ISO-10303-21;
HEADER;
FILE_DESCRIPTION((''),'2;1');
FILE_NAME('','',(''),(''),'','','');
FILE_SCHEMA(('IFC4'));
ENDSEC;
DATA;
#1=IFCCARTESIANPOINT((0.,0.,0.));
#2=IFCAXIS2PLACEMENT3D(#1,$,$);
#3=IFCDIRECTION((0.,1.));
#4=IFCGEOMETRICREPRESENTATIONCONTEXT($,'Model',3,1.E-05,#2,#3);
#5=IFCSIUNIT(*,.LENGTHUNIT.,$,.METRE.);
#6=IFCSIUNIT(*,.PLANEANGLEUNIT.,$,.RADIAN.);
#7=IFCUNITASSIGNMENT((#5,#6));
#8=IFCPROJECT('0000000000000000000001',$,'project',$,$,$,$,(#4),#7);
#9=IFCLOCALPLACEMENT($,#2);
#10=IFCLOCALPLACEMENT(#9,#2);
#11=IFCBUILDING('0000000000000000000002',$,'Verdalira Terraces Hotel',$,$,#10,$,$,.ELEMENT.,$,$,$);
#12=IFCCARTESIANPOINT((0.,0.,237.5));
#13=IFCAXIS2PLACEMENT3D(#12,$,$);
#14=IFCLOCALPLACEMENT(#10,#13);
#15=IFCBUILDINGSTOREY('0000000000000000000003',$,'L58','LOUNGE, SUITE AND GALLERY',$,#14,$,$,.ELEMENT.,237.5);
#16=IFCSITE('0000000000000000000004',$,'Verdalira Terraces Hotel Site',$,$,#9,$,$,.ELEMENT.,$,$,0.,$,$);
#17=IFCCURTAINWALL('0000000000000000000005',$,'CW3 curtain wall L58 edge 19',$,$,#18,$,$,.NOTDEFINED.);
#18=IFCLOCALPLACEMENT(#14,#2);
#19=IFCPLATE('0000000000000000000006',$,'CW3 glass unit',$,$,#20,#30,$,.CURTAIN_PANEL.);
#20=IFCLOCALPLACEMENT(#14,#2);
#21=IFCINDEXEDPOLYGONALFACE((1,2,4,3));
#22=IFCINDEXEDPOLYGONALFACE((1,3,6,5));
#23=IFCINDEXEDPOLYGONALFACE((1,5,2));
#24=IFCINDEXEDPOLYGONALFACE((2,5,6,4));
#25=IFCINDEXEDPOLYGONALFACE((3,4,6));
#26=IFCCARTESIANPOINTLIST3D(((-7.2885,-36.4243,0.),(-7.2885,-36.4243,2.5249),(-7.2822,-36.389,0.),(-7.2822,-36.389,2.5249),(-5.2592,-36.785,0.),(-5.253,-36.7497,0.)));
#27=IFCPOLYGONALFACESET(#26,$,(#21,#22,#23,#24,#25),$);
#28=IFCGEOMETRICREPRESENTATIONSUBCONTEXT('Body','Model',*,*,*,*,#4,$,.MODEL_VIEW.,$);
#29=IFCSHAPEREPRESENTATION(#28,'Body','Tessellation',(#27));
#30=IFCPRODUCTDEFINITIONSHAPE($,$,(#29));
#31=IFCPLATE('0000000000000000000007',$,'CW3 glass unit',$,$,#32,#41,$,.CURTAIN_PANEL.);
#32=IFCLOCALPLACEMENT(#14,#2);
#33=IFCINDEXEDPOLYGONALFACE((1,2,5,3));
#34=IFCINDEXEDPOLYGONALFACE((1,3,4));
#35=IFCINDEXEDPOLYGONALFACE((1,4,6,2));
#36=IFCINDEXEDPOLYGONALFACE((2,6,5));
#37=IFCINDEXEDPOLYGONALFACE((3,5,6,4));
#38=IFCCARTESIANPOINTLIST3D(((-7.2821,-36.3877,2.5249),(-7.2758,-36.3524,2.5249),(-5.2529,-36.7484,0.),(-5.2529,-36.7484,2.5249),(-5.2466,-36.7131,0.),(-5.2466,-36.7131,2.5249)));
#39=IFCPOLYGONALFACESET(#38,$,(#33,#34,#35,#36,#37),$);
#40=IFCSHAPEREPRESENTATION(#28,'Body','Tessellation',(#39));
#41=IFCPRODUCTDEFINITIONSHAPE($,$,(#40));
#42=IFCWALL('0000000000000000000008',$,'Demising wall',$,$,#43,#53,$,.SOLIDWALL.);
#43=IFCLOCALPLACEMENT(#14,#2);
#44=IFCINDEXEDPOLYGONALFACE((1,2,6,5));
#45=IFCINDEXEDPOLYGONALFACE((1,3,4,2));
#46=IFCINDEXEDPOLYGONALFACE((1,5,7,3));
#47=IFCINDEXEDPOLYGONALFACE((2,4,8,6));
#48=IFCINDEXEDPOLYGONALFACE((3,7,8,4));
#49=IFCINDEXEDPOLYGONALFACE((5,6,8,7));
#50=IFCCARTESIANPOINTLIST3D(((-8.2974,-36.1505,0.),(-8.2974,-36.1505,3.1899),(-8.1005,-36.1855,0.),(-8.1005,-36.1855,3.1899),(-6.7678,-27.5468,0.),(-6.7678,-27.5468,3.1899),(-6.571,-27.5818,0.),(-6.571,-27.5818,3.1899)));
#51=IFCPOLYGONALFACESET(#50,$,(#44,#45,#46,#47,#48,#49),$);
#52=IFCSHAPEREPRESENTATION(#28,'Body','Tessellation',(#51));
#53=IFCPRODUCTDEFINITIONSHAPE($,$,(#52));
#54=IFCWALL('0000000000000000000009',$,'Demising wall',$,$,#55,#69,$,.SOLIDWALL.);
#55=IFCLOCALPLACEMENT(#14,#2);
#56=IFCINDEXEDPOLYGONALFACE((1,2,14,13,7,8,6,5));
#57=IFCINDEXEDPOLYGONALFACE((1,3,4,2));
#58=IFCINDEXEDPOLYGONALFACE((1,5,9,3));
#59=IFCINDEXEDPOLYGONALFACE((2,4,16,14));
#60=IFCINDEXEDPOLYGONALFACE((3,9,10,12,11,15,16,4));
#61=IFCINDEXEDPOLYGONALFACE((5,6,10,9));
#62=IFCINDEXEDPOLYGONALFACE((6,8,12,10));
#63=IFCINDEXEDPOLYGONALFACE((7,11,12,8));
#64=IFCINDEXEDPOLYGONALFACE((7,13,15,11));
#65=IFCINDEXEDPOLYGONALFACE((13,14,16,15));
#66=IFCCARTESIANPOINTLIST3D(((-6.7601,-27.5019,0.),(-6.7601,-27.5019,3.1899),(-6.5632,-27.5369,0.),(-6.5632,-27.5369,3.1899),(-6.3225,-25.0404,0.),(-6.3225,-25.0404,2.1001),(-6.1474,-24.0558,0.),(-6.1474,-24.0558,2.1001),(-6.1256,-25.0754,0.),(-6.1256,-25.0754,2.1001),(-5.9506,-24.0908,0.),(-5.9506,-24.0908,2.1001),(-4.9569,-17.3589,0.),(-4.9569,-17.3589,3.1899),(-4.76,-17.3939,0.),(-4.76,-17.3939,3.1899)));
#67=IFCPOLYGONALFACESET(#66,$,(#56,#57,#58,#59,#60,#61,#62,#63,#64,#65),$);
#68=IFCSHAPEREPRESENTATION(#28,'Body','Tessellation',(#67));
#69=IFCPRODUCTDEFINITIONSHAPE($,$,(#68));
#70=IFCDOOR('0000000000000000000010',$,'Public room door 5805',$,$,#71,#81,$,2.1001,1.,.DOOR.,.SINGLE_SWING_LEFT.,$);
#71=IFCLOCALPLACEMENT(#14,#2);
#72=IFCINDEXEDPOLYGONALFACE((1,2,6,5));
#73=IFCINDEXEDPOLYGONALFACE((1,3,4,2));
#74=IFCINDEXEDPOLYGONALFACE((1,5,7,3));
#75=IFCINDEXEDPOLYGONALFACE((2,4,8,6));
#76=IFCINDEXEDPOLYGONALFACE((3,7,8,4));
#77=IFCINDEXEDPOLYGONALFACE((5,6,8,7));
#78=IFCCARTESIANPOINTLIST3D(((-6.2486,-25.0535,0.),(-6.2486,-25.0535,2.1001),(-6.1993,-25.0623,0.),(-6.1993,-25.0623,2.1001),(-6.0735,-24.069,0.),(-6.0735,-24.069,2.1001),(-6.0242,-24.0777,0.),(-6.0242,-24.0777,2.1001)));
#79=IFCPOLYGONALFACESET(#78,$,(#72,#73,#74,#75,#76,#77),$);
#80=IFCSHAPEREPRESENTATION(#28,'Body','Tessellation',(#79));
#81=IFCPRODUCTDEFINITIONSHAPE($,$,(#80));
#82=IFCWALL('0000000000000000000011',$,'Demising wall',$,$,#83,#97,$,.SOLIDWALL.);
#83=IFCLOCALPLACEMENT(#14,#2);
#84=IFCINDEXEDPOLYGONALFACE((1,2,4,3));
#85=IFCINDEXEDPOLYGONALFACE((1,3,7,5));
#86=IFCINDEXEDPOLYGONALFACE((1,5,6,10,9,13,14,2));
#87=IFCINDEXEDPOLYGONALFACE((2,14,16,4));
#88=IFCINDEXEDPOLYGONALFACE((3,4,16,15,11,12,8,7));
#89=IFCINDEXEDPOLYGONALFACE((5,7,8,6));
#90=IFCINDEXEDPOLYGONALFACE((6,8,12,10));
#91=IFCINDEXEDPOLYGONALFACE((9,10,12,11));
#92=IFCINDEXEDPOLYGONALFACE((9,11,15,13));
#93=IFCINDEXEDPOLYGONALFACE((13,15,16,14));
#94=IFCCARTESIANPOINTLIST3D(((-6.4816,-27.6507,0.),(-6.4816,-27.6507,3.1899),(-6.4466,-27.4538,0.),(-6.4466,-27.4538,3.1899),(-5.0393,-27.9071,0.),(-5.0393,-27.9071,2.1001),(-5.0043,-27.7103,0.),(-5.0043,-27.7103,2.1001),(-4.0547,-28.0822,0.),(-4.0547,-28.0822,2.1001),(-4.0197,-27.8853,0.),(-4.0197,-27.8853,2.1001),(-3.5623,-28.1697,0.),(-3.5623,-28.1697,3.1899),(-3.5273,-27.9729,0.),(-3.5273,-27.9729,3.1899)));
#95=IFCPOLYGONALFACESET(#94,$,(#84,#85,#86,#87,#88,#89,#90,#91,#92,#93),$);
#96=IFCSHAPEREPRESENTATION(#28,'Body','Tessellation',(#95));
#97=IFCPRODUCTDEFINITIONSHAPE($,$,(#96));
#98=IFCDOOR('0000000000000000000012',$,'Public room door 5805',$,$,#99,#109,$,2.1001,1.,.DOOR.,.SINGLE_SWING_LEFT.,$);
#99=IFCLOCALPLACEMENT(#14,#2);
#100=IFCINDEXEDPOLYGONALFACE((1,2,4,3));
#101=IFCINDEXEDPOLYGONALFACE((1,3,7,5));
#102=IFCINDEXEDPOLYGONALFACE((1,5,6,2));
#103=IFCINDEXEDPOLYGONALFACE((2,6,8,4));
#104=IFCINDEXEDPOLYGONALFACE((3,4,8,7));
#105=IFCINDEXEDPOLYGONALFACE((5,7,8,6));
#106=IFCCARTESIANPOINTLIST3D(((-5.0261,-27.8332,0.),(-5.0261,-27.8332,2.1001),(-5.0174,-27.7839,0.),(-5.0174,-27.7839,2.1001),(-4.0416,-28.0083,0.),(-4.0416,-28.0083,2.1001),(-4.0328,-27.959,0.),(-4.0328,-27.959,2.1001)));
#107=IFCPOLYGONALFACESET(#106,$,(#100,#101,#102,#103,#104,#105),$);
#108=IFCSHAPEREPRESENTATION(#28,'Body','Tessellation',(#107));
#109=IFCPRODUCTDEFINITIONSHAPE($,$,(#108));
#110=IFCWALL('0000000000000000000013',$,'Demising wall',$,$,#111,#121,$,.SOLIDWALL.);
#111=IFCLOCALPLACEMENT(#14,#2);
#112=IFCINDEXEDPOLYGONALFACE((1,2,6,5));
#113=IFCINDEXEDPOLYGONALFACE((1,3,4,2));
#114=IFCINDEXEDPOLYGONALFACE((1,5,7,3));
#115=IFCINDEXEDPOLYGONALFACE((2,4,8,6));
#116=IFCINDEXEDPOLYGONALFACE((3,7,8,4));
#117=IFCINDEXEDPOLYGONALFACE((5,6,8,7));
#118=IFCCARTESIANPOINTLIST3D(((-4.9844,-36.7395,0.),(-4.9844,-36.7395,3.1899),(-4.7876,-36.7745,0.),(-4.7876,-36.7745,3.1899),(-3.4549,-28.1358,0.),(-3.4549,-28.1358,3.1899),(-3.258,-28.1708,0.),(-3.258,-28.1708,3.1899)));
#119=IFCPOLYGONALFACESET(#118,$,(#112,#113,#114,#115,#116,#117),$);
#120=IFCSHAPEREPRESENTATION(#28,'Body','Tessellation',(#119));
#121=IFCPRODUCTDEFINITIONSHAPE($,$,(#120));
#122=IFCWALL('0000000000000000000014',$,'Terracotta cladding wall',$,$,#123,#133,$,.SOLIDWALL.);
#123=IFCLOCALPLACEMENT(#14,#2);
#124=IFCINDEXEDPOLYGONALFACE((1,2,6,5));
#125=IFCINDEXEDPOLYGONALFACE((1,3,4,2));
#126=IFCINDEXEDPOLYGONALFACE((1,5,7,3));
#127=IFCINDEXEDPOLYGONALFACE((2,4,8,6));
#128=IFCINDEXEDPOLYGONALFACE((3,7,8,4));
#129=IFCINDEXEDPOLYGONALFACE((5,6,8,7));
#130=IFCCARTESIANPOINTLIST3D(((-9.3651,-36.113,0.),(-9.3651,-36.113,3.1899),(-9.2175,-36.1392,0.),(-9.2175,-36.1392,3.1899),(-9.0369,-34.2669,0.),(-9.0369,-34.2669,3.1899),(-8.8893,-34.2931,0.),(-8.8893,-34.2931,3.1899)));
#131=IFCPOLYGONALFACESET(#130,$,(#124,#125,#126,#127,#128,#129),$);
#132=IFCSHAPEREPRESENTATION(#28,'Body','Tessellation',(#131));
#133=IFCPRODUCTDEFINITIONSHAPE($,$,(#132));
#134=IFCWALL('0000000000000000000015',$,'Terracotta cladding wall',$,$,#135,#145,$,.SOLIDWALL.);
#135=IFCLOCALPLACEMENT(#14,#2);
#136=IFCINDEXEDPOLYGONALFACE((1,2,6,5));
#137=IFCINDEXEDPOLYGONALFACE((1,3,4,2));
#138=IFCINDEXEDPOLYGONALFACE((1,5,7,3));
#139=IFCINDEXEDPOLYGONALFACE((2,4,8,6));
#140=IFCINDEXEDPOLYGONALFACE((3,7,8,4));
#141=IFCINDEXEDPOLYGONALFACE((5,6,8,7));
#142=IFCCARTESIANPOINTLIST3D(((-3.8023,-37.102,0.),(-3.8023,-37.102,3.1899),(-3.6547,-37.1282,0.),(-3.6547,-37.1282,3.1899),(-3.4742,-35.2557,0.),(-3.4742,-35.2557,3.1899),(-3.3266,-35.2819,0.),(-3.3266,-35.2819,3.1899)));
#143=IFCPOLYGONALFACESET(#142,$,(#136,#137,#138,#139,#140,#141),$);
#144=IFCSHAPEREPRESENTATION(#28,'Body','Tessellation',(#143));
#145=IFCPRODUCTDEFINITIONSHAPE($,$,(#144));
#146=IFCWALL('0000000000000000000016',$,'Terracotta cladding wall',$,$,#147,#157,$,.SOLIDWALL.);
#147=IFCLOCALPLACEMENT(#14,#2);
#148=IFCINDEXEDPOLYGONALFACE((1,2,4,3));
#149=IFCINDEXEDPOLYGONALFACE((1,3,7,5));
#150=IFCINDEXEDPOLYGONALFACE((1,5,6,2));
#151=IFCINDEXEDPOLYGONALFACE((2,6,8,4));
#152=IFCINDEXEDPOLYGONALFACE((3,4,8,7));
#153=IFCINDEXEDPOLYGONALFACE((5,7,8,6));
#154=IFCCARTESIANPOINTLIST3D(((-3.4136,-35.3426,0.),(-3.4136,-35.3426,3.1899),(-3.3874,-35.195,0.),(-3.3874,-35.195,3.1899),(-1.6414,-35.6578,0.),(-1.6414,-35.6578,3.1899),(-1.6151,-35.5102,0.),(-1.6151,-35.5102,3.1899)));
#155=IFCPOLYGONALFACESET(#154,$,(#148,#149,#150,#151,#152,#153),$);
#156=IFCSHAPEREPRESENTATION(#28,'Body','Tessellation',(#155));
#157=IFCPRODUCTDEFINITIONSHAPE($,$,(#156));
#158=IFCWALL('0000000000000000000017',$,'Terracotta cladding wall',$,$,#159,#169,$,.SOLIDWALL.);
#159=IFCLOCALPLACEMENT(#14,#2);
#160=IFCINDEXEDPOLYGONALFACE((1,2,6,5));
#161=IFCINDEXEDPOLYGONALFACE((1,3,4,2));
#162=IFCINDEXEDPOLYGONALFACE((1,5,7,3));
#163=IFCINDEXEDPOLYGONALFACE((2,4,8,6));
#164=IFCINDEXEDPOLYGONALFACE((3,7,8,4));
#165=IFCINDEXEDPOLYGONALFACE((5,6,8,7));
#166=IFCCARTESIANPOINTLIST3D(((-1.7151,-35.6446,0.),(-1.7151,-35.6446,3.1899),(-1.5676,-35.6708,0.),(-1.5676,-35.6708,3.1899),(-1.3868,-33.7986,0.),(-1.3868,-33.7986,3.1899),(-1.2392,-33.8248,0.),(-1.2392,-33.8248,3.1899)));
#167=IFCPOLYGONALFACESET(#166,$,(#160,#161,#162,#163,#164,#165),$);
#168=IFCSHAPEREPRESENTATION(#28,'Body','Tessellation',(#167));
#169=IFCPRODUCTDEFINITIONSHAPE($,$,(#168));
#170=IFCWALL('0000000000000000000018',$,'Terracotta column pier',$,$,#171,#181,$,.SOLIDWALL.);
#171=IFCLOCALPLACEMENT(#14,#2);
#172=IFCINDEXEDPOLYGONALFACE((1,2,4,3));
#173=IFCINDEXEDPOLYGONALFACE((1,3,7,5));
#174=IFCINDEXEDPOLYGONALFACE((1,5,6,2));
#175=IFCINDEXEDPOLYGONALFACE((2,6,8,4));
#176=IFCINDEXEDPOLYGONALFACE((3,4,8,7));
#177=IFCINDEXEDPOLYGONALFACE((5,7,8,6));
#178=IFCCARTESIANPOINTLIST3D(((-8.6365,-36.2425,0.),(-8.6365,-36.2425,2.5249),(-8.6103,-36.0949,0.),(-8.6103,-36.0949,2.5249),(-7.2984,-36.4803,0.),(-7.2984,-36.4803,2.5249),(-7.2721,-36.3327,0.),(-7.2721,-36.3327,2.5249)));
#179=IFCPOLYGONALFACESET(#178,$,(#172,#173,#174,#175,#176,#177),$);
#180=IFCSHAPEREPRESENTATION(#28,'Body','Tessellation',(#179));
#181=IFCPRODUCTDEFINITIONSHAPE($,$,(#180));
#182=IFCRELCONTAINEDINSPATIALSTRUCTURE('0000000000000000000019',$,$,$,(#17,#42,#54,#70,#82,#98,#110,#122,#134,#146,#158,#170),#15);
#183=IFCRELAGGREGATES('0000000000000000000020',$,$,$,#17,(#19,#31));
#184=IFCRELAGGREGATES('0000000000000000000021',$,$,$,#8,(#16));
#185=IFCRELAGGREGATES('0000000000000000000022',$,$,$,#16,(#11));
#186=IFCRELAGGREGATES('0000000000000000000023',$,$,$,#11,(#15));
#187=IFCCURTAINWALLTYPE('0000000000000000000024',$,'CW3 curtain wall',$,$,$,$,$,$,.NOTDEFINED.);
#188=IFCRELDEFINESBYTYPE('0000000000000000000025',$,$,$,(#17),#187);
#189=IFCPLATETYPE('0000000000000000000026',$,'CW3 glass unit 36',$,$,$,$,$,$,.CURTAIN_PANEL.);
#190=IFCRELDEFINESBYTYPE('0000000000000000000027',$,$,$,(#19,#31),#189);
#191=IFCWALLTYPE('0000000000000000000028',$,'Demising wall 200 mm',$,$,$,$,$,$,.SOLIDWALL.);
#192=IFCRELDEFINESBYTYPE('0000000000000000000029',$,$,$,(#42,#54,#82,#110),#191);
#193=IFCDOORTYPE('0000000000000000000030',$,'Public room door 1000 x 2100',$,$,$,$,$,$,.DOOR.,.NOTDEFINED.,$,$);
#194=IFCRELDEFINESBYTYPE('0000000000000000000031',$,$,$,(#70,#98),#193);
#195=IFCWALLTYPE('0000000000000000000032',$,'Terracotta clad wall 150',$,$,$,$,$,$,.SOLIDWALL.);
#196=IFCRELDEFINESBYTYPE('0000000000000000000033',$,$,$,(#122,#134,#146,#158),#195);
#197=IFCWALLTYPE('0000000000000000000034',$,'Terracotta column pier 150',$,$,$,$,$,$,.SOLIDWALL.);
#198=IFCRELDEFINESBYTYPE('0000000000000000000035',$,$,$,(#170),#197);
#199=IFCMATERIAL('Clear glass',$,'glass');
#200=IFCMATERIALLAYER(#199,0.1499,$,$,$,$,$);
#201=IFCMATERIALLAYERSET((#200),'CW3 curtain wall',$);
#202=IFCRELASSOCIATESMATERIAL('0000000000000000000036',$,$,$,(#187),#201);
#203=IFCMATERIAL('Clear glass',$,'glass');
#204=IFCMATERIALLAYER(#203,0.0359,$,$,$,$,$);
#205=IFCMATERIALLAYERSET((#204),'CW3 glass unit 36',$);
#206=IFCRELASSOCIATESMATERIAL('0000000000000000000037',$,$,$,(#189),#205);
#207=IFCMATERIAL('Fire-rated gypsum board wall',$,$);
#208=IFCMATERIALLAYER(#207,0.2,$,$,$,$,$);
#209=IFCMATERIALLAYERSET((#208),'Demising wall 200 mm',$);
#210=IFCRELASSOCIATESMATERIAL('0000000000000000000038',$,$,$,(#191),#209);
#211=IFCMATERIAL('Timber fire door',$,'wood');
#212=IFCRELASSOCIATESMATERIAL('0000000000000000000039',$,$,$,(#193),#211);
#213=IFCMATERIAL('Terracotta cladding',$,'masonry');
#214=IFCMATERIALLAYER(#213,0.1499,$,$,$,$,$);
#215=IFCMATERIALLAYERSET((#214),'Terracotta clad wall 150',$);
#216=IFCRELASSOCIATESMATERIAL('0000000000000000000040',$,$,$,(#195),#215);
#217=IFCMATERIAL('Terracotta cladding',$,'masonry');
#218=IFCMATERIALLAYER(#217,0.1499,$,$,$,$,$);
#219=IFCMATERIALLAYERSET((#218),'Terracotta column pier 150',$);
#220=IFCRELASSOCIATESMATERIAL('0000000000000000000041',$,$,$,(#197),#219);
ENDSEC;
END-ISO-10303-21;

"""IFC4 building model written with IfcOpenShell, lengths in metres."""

from ifc_helpers import new_model, si_unit, direction, frame, frame_2d, origin, place, context, subcontext, project, spatial, polyline, rectangle, outline, extrude, material, layer, layer_set, type_object, element, fill, aggregate, save


model = new_model("IFC4")

# Units and contexts
model_context = context("Model", 3, precision=1e-05, world=origin(), true_north=direction((0.0, 1.0)))
body_context = subcontext(model_context, "Body", "Model", "MODEL_VIEW")
ifc_project = project(units=[si_unit("LENGTHUNIT", "METRE"), si_unit("PLANEANGLEUNIT", "RADIAN")], contexts=[model_context])

# Site, building, storey
site_placement = place(None, origin())
site = spatial("IfcSite", under=ifc_project, at=site_placement, Name="Verdalira Terraces Hotel Site", CompositionType="ELEMENT", RefElevation=0.0)
building_placement = place(site_placement, origin())
building = spatial("IfcBuilding", under=site, at=building_placement, Name="Verdalira Terraces Hotel", CompositionType="ELEMENT")
storey_placement = place(building_placement, frame((0.0, 0.0, 237.5)))
storey = spatial("IfcBuildingStorey", under=building, at=storey_placement, Name="L58", Description="LOUNGE, SUITE AND GALLERY", CompositionType="ELEMENT", Elevation=237.5)

# Curtain wall
ifc_material_1 = material(Name="Clear glass", Category="glass")
ifc_layer_1 = layer(ifc_material_1, 0.1499)
ifc_layer_set_1 = layer_set([ifc_layer_1], Name="CW3 curtain wall")
curtain_wall_type = type_object("IfcCurtainWallType", Name="CW3 curtain wall", PredefinedType="NOTDEFINED", material=ifc_layer_set_1)
curtain_wall_placement = place(storey_placement, origin())
curtain_wall = element("IfcCurtainWall", 1, at=curtain_wall_placement, inside=storey, type_object=curtain_wall_type, Name="CW3 curtain wall L58 edge 19", PredefinedType="NOTDEFINED")

# Plates
ifc_material_2 = material(Name="Clear glass", Category="glass")
ifc_layer_2 = layer(ifc_material_2, 0.0359)
ifc_layer_set_2 = layer_set([ifc_layer_2], Name="CW3 glass unit 36")
plate_type = type_object("IfcPlateType", Name="CW3 glass unit 36", PredefinedType="CURTAIN_PANEL", material=ifc_layer_set_2)
plate_1_placement = place(storey_placement, frame((-6.2676, -36.5693, 1.2625), z_axis=(-0.175023, -0.984564, 0.0), x_axis=(0.984564, -0.175023, 0.0)))
plate_1 = element("IfcPlate", 2, at=plate_1_placement, type_object=plate_type, Name="CW3 glass unit", PredefinedType="CURTAIN_PANEL", context=body_context, shape_type="SweptSolid", body=[
    extrude(outline(polyline([(-1.0305, -1.2625), (1.0305, -1.2625), (-1.0305, 1.2625), (-1.0305, -1.2625)])), origin(), (0.0, 0.0, 1.0), 0.0359),
])
plate_2_placement = place(storey_placement, frame((-6.2612, -36.5327, 1.2625), z_axis=(-0.175023, -0.984564, 0.0), x_axis=(0.984564, -0.175023, 0.0)))
plate_2 = element("IfcPlate", 3, at=plate_2_placement, type_object=plate_type, Name="CW3 glass unit", PredefinedType="CURTAIN_PANEL", context=body_context, shape_type="SweptSolid", body=[
    extrude(outline(polyline([(1.0305, -1.2625), (1.0305, 1.2625), (-1.0305, 1.2625), (1.0305, -1.2625)])), origin(), (0.0, 0.0, 1.0), 0.0359),
])
aggregate(curtain_wall, [plate_1, plate_2])

# Wall
ifc_material_3 = material(Name="Fire-rated gypsum board wall")
ifc_layer_3 = layer(ifc_material_3, 0.2)
ifc_layer_set_3 = layer_set([ifc_layer_3], Name="Demising wall 200 mm")
wall_type_1 = type_object("IfcWallType", Name="Demising wall 200 mm", PredefinedType="SOLIDWALL", material=ifc_layer_set_3)
wall_1_placement = place(storey_placement, frame((-6.6694, -27.5645, 0.0), z_axis=(0.0, 0.0, 1.0), x_axis=(-0.175036, -0.984562, 0.0)))
element("IfcWall", 4, at=wall_1_placement, inside=storey, type_object=wall_type_1, Name="Demising wall", PredefinedType="SOLIDWALL", context=body_context, shape_type="SweptSolid", body=[
    extrude(rectangle(XDim=8.7385, YDim=0.2, at=frame_2d((4.3691, 0.0))), origin(), (0.0, 0.0, 1.0), 3.1899),
])

# Walls, openings, doors
wall_2_placement = place(storey_placement, frame((-6.6616, -27.5193, 0.0), z_axis=(0.0, 0.0, 1.0), x_axis=(0.175034, 0.984562, 0.0)))
wall_2 = element("IfcWall", 5, at=wall_2_placement, inside=storey, type_object=wall_type_1, Name="Demising wall", PredefinedType="SOLIDWALL", context=body_context, shape_type="SweptSolid", body=[
    extrude(rectangle(XDim=10.302, YDim=0.2, at=frame_2d((5.1509, 0.0))), origin(), (0.0, 0.0, 1.0), 3.1899),
])
opening_1_placement = place(wall_2_placement, frame((2.5, 0.0, 0.0)))
opening_1 = element("IfcOpeningElement", 6, at=opening_1_placement, cuts=wall_2, PredefinedType="OPENING", context=body_context, shape_type="SweptSolid", body=[
    extrude(rectangle(XDim=1.0, YDim=2.1001, at=frame_2d((0.5, 1.05))), frame((0.0, 0.1099, 0.0), z_axis=(0.0, -1.0, 0.0), x_axis=(1.0, 0.0, 0.0)), (0.0, 0.0, 1.0), 0.22),
])
ifc_material_4 = material(Name="Timber fire door", Category="wood")
door_type = type_object("IfcDoorType", Name="Public room door 1000 x 2100", OperationType="NOTDEFINED", PredefinedType="DOOR", material=ifc_material_4)
door_1_placement = place(opening_1_placement, origin())
door_1 = element("IfcDoor", 7, at=door_1_placement, inside=storey, type_object=door_type, Name="Public room door 5805", OperationType="SINGLE_SWING_LEFT", OverallHeight=2.1001, OverallWidth=1.0, PredefinedType="DOOR", context=body_context, shape_type="SweptSolid", body=[
    extrude(rectangle(XDim=1.0, YDim=2.1001, at=frame_2d((0.5, 1.05))), frame((0.0, 0.0249, 0.0), z_axis=(0.0, -1.0, 0.0), x_axis=(1.0, 0.0, 0.0)), (0.0, 0.0, 1.0), 0.05),
])
fill(opening_1, door_1)
wall_3_placement = place(storey_placement, frame((-3.5449, -28.0713, 0.0), z_axis=(0.0, 0.0, 1.0), x_axis=(-0.984558, 0.175058, 0.0)))
wall_3 = element("IfcWall", 8, at=wall_3_placement, inside=storey, type_object=wall_type_1, Name="Demising wall", PredefinedType="SOLIDWALL", context=body_context, shape_type="SweptSolid", body=[
    extrude(rectangle(XDim=2.9651, YDim=0.2, at=frame_2d((1.4824, 0.0))), origin(), (0.0, 0.0, 1.0), 3.1899),
])
opening_2_placement = place(wall_3_placement, frame((0.5, 0.0, 0.0)))
opening_2 = element("IfcOpeningElement", 9, at=opening_2_placement, cuts=wall_3, PredefinedType="OPENING", context=body_context, shape_type="SweptSolid", body=[
    extrude(rectangle(XDim=1.0, YDim=2.1001, at=frame_2d((0.5, 1.05))), frame((0.0, 0.1099, 0.0), z_axis=(0.0, -1.0, 0.0), x_axis=(1.0, 0.0, 0.0)), (0.0, 0.0, 1.0), 0.22),
])
door_2_placement = place(opening_2_placement, origin())
door_2 = element("IfcDoor", 10, at=door_2_placement, inside=storey, type_object=door_type, Name="Public room door 5805", OperationType="SINGLE_SWING_LEFT", OverallHeight=2.1001, OverallWidth=1.0, PredefinedType="DOOR", context=body_context, shape_type="SweptSolid", body=[
    extrude(rectangle(XDim=1.0, YDim=2.1001, at=frame_2d((0.5, 1.05))), frame((0.0, 0.0249, 0.0), z_axis=(0.0, -1.0, 0.0), x_axis=(1.0, 0.0, 0.0)), (0.0, 0.0, 1.0), 0.05),
])
fill(opening_2, door_2)

# Walls
wall_4_placement = place(storey_placement, frame((-4.886, -36.7568, 0.0), z_axis=(0.0, 0.0, 1.0), x_axis=(0.175036, 0.984562, 0.0)))
element("IfcWall", 11, at=wall_4_placement, inside=storey, type_object=wall_type_1, Name="Demising wall", PredefinedType="SOLIDWALL", context=body_context, shape_type="SweptSolid", body=[
    extrude(rectangle(XDim=8.7385, YDim=0.2, at=frame_2d((4.3691, 0.0))), origin(), (0.0, 0.0, 1.0), 3.1899),
])
ifc_material_5 = material(Name="Terracotta cladding", Category="masonry")
ifc_layer_4 = layer(ifc_material_5, 0.1499)
ifc_layer_set_4 = layer_set([ifc_layer_4], Name="Terracotta clad wall 150")
wall_type_2 = type_object("IfcWallType", Name="Terracotta clad wall 150", PredefinedType="SOLIDWALL", material=ifc_layer_set_4)
wall_5_placement = place(storey_placement, frame((-8.9631, -34.28, 0.0), z_axis=(0.0, 0.0, 1.0), x_axis=(-0.175011, -0.984566, 0.0)))
element("IfcWall", 12, at=wall_5_placement, inside=storey, type_object=wall_type_2, Name="Terracotta cladding wall", PredefinedType="SOLIDWALL", context=body_context, shape_type="SweptSolid", body=[
    extrude(rectangle(XDim=1.875, YDim=0.1499, at=frame_2d((0.9375, 0.0))), origin(), (0.0, 0.0, 1.0), 3.1899),
])
wall_6_placement = place(storey_placement, frame((-3.7285, -37.115, 0.0), z_axis=(0.0, 0.0, 1.0), x_axis=(0.174988, 0.98457, 0.0)))
element("IfcWall", 13, at=wall_6_placement, inside=storey, type_object=wall_type_2, Name="Terracotta cladding wall", PredefinedType="SOLIDWALL", context=body_context, shape_type="SweptSolid", body=[
    extrude(rectangle(XDim=1.8752, YDim=0.1499, at=frame_2d((0.9375, 0.0))), origin(), (0.0, 0.0, 1.0), 3.1899),
])
wall_7_placement = place(storey_placement, frame((-3.4004, -35.2688, 0.0), z_axis=(0.0, 0.0, 1.0), x_axis=(0.984551, -0.175101, 0.0)))
element("IfcWall", 14, at=wall_7_placement, inside=storey, type_object=wall_type_2, Name="Terracotta cladding wall", PredefinedType="SOLIDWALL", context=body_context, shape_type="SweptSolid", body=[
    extrude(rectangle(XDim=1.8, YDim=0.1499, at=frame_2d((0.8999, 0.0))), origin(), (0.0, 0.0, 1.0), 3.1899),
])
wall_8_placement = place(storey_placement, frame((-1.6414, -35.6577, 0.0), z_axis=(0.0, 0.0, 1.0), x_axis=(0.175137, 0.984544, 0.0)))
element("IfcWall", 15, at=wall_8_placement, inside=storey, type_object=wall_type_2, Name="Terracotta cladding wall", PredefinedType="SOLIDWALL", context=body_context, shape_type="SweptSolid", body=[
    extrude(rectangle(XDim=1.875, YDim=0.1499, at=frame_2d((0.9375, 0.0))), origin(), (0.0, 0.0, 1.0), 3.1899),
])
ifc_material_6 = material(Name="Terracotta cladding", Category="masonry")
ifc_layer_5 = layer(ifc_material_6, 0.1499)
ifc_layer_set_5 = layer_set([ifc_layer_5], Name="Terracotta column pier 150")
wall_type_3 = type_object("IfcWallType", Name="Terracotta column pier 150", PredefinedType="SOLIDWALL", material=ifc_layer_set_5)
wall_9_placement = place(storey_placement, frame((-8.6235, -36.1687, 0.0), z_axis=(0.0, 0.0, 1.0), x_axis=(0.984575, -0.174964, 0.0)))
element("IfcWall", 16, at=wall_9_placement, inside=storey, type_object=wall_type_3, Name="Terracotta column pier", PredefinedType="SOLIDWALL", context=body_context, shape_type="SweptSolid", body=[
    extrude(rectangle(XDim=1.3591, YDim=0.1499, at=frame_2d((0.6797, 0.0))), origin(), (0.0, 0.0, 1.0), 2.5249),
])

save(model, "model.ifc")
